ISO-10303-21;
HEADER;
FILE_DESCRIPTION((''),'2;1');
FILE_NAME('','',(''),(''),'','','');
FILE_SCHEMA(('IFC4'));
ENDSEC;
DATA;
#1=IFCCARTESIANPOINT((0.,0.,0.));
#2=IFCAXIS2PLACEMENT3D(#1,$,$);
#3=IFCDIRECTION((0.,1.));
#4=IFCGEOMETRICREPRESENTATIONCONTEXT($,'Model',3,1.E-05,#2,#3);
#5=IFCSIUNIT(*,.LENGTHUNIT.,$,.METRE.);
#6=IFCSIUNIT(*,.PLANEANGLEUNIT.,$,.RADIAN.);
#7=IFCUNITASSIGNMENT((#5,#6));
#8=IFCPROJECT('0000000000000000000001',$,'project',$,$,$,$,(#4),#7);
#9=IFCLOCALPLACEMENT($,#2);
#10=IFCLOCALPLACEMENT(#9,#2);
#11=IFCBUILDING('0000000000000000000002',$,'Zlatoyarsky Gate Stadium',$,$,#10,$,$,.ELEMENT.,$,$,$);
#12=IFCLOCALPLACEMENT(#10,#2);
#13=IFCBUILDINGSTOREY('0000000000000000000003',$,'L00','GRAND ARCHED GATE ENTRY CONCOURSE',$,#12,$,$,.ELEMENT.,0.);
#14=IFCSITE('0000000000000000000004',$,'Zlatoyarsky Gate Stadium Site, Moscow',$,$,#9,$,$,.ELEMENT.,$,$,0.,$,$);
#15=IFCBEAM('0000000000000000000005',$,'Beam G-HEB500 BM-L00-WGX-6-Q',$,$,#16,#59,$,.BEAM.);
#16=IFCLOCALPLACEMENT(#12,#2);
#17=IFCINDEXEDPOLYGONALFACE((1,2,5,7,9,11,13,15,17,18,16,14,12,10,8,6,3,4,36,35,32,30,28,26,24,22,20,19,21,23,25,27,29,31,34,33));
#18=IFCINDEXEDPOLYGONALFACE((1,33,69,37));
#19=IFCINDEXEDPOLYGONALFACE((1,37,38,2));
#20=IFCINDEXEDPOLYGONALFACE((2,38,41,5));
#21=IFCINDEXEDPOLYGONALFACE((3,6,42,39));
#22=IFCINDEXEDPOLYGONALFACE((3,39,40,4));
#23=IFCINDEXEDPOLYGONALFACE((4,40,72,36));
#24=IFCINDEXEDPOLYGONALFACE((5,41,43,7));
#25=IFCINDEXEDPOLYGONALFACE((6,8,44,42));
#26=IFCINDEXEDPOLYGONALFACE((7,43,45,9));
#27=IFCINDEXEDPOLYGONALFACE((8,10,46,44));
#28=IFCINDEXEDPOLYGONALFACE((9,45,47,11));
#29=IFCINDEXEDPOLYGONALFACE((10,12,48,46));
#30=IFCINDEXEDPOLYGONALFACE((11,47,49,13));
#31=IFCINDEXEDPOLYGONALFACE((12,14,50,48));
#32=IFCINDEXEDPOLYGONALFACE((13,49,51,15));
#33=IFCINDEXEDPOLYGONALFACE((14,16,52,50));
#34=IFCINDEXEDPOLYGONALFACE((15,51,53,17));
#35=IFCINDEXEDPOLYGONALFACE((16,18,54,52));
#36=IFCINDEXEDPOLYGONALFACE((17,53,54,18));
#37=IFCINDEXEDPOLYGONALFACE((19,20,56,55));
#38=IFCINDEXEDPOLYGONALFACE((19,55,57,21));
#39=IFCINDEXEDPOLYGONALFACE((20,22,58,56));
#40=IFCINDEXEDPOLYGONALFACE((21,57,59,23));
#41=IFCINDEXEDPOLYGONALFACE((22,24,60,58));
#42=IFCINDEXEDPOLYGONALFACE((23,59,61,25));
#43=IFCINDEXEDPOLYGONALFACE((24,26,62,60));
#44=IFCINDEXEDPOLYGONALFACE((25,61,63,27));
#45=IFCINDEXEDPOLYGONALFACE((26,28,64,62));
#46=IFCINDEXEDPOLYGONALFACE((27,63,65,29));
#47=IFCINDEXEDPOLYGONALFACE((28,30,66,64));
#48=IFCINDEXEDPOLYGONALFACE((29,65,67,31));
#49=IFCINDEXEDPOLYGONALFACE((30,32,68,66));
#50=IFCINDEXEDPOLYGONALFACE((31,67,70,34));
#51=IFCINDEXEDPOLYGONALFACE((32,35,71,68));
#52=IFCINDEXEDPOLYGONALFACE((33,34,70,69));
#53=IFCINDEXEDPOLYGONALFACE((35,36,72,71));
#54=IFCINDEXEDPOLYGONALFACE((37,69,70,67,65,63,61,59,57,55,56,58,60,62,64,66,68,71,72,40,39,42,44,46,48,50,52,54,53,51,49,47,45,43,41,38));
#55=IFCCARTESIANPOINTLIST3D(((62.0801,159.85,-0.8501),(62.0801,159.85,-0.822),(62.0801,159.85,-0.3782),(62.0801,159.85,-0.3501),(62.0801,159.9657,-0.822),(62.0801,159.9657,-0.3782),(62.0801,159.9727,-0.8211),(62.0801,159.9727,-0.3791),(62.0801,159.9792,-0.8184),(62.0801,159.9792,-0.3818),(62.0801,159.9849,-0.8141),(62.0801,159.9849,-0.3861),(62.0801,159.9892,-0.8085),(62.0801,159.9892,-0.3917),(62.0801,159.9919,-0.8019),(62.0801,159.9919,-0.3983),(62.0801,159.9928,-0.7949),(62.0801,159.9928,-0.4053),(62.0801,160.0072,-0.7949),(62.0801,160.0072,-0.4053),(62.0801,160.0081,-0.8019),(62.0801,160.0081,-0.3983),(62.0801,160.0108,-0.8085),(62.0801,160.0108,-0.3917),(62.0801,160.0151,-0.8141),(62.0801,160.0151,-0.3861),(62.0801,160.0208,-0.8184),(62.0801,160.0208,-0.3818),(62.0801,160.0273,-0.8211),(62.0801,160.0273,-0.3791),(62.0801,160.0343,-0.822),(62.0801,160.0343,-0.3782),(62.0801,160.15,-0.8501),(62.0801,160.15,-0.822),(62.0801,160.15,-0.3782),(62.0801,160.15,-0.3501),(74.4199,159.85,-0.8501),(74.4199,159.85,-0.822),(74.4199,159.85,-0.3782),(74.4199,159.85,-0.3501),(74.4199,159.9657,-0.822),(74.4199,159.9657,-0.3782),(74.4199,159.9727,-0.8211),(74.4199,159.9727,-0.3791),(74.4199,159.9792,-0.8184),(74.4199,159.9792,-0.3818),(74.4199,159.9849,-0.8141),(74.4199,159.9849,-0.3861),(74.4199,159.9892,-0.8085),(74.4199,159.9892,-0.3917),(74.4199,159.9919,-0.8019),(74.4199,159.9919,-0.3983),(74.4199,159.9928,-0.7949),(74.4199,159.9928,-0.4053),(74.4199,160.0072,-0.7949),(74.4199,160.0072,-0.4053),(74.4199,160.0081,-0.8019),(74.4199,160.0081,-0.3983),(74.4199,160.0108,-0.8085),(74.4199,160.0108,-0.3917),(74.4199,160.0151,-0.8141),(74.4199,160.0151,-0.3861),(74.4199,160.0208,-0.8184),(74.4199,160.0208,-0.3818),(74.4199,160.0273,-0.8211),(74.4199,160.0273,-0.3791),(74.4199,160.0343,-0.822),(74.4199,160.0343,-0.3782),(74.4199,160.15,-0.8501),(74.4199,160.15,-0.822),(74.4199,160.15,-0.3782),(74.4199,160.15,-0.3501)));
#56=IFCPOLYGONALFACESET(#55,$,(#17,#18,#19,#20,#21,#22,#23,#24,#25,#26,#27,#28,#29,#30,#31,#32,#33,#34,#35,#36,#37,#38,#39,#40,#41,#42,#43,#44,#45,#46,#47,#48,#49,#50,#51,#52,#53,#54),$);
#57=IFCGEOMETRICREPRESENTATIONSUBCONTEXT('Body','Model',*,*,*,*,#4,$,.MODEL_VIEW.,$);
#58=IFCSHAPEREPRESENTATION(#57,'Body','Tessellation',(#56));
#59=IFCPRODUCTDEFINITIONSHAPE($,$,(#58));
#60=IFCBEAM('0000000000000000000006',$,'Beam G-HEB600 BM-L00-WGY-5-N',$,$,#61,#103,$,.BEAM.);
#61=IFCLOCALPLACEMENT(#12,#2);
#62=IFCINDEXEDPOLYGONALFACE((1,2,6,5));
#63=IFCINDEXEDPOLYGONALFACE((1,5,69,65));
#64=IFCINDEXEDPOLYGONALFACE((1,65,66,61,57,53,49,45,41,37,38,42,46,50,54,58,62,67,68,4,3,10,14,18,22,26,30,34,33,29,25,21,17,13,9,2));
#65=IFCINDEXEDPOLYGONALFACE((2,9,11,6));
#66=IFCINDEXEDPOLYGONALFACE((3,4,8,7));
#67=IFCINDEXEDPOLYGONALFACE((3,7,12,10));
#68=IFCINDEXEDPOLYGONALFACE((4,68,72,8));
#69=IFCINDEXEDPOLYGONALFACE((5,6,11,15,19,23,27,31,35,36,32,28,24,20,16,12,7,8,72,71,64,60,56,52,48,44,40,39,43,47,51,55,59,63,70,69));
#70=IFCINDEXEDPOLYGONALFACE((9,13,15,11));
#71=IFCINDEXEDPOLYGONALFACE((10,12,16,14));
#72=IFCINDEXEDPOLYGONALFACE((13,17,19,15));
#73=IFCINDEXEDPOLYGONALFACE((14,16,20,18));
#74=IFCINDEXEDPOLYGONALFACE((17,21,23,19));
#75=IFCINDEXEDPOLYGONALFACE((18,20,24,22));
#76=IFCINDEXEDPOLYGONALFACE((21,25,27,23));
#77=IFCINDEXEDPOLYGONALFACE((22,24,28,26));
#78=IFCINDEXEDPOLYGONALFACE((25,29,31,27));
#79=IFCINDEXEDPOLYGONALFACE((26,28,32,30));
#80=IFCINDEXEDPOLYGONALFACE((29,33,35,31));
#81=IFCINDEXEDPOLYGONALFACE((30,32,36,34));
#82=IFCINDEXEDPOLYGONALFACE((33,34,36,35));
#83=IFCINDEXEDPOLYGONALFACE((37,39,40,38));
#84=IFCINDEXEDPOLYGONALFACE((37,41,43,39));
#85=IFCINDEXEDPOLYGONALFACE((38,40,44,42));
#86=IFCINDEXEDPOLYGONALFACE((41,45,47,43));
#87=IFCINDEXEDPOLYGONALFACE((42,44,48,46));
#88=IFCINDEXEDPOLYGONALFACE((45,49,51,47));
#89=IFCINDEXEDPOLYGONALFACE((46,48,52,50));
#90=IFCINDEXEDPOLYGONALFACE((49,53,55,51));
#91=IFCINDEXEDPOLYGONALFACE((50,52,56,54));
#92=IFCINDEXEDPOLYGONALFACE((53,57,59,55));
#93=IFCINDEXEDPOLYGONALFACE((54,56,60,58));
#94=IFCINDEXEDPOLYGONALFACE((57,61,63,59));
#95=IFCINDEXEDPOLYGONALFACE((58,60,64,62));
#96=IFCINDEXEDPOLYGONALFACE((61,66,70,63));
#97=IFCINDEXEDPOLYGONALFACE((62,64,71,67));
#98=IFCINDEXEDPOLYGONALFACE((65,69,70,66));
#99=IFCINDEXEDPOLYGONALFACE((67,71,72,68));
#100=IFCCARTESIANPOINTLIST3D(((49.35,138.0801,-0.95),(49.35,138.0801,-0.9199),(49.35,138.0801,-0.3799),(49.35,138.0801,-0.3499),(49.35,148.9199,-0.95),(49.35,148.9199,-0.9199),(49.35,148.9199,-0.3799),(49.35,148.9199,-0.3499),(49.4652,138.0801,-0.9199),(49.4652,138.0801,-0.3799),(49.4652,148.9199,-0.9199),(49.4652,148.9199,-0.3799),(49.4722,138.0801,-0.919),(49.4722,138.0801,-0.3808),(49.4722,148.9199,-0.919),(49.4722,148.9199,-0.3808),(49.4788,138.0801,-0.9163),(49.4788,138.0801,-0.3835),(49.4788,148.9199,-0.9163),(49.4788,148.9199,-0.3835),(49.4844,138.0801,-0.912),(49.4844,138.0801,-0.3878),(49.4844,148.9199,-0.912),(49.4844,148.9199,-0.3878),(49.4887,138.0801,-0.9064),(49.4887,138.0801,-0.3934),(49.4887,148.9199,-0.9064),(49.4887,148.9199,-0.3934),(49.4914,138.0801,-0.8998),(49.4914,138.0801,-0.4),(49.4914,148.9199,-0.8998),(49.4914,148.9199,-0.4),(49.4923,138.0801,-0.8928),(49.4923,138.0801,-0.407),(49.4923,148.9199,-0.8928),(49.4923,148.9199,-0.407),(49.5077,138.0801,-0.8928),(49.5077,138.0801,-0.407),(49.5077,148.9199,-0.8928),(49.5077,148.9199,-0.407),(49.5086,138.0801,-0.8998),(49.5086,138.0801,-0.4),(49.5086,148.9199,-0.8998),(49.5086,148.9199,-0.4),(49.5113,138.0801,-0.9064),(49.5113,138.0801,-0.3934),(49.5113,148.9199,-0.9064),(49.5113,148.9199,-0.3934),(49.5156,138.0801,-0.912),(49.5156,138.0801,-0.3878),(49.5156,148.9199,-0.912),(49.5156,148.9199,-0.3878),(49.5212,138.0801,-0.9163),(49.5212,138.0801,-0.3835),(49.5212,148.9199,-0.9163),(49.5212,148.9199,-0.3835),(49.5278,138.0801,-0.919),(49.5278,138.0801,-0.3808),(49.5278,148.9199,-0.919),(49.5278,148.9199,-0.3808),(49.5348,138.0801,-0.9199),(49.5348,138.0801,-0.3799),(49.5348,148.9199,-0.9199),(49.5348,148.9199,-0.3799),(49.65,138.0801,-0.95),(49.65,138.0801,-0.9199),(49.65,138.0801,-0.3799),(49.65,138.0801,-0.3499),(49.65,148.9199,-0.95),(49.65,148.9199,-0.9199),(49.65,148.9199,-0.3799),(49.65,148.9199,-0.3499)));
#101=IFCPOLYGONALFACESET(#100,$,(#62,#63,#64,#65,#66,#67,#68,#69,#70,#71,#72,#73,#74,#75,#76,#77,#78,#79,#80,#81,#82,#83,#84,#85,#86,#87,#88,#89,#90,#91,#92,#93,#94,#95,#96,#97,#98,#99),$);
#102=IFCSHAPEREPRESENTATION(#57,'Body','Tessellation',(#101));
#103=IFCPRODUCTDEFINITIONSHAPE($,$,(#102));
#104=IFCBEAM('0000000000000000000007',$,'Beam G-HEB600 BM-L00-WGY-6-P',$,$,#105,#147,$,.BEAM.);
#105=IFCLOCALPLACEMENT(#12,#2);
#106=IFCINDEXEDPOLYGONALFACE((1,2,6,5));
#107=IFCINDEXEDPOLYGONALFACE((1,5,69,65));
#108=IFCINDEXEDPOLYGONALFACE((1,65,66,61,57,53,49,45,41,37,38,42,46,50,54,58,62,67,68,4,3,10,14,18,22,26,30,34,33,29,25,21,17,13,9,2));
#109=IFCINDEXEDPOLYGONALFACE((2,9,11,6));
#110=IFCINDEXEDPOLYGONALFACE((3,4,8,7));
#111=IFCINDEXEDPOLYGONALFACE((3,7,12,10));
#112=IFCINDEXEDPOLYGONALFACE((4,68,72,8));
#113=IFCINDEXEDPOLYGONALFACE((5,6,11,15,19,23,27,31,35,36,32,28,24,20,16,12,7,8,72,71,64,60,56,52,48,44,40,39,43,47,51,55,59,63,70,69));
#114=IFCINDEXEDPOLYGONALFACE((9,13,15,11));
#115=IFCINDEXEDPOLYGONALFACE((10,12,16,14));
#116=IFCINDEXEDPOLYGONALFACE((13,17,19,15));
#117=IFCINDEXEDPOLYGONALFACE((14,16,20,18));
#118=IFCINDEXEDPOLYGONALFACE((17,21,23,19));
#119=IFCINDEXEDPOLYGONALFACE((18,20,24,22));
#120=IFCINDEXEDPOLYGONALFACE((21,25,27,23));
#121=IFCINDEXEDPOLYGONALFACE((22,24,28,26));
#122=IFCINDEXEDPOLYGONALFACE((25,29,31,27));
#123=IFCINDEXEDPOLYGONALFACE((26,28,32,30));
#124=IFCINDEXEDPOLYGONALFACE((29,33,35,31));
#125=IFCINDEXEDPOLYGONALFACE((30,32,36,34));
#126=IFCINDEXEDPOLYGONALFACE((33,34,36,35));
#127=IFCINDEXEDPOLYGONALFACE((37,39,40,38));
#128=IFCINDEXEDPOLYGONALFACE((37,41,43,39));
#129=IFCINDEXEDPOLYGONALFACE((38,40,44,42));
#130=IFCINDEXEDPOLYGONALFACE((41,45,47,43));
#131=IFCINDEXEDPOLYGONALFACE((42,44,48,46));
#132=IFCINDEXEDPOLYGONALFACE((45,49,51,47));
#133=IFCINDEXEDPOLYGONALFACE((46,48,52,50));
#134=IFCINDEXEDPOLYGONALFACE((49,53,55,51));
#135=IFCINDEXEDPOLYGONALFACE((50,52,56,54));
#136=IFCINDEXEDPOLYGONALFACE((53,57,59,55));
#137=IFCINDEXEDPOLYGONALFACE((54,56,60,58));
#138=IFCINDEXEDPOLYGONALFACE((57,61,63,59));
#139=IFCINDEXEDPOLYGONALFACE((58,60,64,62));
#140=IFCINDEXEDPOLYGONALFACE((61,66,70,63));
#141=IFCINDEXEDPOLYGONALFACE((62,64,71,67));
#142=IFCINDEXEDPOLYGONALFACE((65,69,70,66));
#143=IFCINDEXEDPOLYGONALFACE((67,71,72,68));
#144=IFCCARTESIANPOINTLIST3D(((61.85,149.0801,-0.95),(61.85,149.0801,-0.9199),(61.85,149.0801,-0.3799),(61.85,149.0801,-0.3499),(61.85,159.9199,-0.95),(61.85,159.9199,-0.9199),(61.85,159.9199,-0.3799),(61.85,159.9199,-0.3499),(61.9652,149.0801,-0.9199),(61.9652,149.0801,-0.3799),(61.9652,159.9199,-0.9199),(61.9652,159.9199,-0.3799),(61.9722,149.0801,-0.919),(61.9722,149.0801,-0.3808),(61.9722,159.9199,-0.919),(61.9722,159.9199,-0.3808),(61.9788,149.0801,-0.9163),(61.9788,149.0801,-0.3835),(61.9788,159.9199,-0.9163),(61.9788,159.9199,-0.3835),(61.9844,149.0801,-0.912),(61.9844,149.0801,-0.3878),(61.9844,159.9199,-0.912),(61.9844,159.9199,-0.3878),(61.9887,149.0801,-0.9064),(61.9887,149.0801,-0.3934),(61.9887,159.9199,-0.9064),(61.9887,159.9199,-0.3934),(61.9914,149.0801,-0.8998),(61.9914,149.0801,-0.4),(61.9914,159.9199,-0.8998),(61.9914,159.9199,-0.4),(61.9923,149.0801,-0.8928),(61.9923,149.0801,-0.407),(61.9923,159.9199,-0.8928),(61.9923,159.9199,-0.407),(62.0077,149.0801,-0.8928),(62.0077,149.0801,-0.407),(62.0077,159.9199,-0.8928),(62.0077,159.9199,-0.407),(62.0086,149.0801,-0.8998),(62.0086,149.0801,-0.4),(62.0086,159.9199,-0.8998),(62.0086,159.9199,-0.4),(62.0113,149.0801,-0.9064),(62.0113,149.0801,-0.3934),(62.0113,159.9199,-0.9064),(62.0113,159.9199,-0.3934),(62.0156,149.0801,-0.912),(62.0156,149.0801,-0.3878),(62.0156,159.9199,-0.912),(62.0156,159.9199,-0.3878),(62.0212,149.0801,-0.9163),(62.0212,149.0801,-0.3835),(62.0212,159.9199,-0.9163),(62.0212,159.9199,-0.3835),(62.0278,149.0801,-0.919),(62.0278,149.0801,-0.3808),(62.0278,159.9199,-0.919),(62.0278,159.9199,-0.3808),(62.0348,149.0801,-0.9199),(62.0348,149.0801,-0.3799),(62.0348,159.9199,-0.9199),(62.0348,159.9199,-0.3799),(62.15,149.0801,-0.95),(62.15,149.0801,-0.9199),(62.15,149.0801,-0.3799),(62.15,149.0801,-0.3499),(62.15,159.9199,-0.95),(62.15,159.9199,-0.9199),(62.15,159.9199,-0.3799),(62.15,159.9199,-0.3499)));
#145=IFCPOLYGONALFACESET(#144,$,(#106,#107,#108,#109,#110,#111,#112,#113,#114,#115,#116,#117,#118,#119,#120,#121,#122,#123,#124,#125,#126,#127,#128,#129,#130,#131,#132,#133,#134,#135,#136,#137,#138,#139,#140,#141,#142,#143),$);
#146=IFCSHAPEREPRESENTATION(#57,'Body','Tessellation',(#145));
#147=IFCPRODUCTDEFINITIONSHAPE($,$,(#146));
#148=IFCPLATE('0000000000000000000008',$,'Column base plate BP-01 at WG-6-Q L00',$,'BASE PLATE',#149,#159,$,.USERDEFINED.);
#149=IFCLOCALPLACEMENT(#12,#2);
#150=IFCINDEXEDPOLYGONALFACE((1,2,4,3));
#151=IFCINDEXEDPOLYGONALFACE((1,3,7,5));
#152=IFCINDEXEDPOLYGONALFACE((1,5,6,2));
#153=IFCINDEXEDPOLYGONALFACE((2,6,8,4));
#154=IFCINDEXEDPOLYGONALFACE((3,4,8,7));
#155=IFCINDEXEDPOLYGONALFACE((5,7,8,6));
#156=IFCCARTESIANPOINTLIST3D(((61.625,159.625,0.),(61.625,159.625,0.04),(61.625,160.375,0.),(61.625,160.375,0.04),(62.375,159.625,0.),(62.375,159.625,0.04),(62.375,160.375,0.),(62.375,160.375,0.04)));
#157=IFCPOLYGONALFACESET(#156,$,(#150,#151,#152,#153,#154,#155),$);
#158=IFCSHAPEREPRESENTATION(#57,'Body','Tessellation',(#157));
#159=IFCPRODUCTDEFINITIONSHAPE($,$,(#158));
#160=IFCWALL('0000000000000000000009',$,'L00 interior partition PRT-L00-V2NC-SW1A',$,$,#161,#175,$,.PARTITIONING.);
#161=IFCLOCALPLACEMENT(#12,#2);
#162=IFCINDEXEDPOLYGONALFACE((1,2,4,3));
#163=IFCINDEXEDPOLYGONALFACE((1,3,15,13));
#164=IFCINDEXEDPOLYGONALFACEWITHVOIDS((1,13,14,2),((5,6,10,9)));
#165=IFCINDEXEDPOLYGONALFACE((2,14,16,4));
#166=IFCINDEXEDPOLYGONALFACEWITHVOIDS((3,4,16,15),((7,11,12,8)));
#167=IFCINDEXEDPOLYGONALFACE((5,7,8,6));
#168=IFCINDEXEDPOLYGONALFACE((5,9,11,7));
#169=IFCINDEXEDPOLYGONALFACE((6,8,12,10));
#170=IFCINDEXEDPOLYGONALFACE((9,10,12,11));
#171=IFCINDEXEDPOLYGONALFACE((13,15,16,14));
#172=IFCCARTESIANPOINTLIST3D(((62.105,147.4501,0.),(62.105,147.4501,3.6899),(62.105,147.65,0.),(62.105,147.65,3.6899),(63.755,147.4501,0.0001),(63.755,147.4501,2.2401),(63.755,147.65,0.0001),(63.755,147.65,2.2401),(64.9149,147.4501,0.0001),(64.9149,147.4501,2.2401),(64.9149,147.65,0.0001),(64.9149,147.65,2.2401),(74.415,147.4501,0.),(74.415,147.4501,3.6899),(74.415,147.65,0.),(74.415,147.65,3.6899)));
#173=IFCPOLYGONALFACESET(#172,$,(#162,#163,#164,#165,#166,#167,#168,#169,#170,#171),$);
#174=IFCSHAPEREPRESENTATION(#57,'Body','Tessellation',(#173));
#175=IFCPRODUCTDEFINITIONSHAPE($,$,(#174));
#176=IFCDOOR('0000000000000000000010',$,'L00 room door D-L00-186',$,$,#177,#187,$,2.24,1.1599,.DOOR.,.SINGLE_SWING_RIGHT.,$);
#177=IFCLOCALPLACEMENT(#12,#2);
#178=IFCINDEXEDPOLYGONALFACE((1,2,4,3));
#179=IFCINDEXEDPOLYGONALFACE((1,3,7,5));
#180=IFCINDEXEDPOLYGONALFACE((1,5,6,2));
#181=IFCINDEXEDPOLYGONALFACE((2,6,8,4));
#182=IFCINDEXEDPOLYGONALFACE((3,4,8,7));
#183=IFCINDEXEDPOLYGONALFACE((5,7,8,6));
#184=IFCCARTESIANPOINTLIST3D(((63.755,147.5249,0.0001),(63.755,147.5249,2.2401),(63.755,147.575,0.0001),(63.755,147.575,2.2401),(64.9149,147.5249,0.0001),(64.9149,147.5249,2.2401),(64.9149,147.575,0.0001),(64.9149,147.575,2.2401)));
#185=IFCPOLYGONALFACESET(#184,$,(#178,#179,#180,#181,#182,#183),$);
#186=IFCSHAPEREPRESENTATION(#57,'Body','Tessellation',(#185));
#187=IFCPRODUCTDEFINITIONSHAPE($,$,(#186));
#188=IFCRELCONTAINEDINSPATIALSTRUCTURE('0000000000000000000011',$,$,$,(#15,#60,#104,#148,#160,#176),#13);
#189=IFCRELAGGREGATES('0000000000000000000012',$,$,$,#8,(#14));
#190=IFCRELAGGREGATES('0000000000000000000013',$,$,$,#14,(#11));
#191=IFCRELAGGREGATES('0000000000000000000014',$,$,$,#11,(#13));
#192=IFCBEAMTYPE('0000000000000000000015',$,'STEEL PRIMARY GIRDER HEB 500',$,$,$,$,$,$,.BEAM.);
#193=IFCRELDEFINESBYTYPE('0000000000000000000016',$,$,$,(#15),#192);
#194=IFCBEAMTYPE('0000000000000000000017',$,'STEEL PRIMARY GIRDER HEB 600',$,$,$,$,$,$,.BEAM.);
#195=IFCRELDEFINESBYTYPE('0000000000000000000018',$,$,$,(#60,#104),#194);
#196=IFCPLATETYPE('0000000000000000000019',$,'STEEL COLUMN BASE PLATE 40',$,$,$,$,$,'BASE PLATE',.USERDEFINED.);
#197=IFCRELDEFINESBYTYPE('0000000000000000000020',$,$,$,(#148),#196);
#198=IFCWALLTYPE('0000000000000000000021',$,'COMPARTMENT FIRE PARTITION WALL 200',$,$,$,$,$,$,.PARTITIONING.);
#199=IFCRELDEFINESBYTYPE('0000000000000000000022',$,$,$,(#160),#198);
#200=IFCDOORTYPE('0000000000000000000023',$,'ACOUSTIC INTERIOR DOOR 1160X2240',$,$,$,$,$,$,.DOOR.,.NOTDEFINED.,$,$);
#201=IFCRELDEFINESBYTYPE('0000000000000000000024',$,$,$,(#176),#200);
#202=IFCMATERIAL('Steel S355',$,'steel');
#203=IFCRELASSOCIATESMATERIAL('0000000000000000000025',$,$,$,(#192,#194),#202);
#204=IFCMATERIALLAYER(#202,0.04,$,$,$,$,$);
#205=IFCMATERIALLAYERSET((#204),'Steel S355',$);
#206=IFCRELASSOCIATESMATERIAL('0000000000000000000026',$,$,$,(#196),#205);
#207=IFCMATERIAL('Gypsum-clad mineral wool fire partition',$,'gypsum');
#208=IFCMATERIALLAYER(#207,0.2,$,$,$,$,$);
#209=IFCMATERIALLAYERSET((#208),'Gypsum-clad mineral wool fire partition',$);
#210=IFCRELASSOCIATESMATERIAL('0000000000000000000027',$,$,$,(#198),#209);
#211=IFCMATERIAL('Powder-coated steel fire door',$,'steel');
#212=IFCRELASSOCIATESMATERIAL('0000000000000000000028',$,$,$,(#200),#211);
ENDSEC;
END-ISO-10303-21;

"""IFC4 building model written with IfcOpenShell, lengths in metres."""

from ifc_helpers import new_model, si_unit, direction, frame, frame_2d, origin, origin_2d, place, context, subcontext, project, spatial, rectangle, i_section, extrude, material, layer, layer_set, material_profile, profile_set, type_object, element, fill, save


model = new_model("IFC4")

# Units and contexts
model_context = context("Model", 3, precision=1e-05, world=origin(), true_north=direction((0.0, 1.0)))
body_context = subcontext(model_context, "Body", "Model", "MODEL_VIEW")
ifc_project = project(units=[si_unit("LENGTHUNIT", "METRE"), si_unit("PLANEANGLEUNIT", "RADIAN")], contexts=[model_context])

# Site, building, storey
site_placement = place(None, origin())
site = spatial("IfcSite", under=ifc_project, at=site_placement, Name="Zlatoyarsky Gate Stadium Site, Moscow", CompositionType="ELEMENT", RefElevation=0.0)
building_placement = place(site_placement, origin())
building = spatial("IfcBuilding", under=site, at=building_placement, Name="Zlatoyarsky Gate Stadium", CompositionType="ELEMENT")
storey_placement = place(building_placement, origin())
storey = spatial("IfcBuildingStorey", under=building, at=storey_placement, Name="L00", Description="GRAND ARCHED GATE ENTRY CONCOURSE", CompositionType="ELEMENT", Elevation=0.0)

# Shared definitions
ifc_material_1 = material(Name="Steel S355", Category="steel")

# Beams
ifc_material_profile_1 = material_profile(ifc_material_1, i_section(OverallWidth=0.3, OverallDepth=0.5, WebThickness=0.0144, FlangeThickness=0.0281, FilletRadius=0.0271, at=origin_2d()), Name="HEB 500")
ifc_profile_set_1 = profile_set([ifc_material_profile_1], Name="Steel S355")
beam_type_1 = type_object("IfcBeamType", Name="STEEL PRIMARY GIRDER HEB 500", PredefinedType="BEAM", material=ifc_profile_set_1)
for number, where, z_axis, x_axis, name in (
    (1, (62.0801, 160.0, -0.6001), (1.0, 0.0, 0.0), (0.0, 1.0, 0.0), "Beam G-HEB500 BM-L00-WGX-6-Q"),
):
    element("IfcBeam", number, at=place(storey_placement, frame(where, z_axis=z_axis, x_axis=x_axis)), inside=storey, type_object=beam_type_1, Name=name, PredefinedType="BEAM", context=body_context, shape_type="SweptSolid", body=[
        extrude(i_section(OverallWidth=0.3, OverallDepth=0.5, WebThickness=0.0144, FlangeThickness=0.0281, FilletRadius=0.0271, at=origin_2d()), origin(), (0.0, 0.0, 1.0), 12.3398),
    ])
ifc_material_profile_2 = material_profile(ifc_material_1, i_section(OverallWidth=0.3, OverallDepth=0.6001, WebThickness=0.0154, FlangeThickness=0.03, FilletRadius=0.0271, at=origin_2d()), Name="HEB 600")
ifc_profile_set_2 = profile_set([ifc_material_profile_2], Name="Steel S355")
beam_type_2 = type_object("IfcBeamType", Name="STEEL PRIMARY GIRDER HEB 600", PredefinedType="BEAM", material=ifc_profile_set_2)
for number, where, z_axis, x_axis, name in (
    (2, (49.5, 138.0801, -0.6499), (0.0, 1.0, 0.0), (-1.0, 0.0, 0.0), "Beam G-HEB600 BM-L00-WGY-5-N"),
    (3, (62.0, 149.0801, -0.6499), (0.0, 1.0, 0.0), (-1.0, 0.0, 0.0), "Beam G-HEB600 BM-L00-WGY-6-P"),
):
    element("IfcBeam", number, at=place(storey_placement, frame(where, z_axis=z_axis, x_axis=x_axis)), inside=storey, type_object=beam_type_2, Name=name, PredefinedType="BEAM", context=body_context, shape_type="SweptSolid", body=[
        extrude(i_section(OverallWidth=0.3, OverallDepth=0.6001, WebThickness=0.0154, FlangeThickness=0.03, FilletRadius=0.0271, at=origin_2d()), origin(), (0.0, 0.0, 1.0), 10.8398),
    ])

# Plate
ifc_layer_1 = layer(ifc_material_1, 0.04)
ifc_layer_set_1 = layer_set([ifc_layer_1], Name="Steel S355")
plate_type = type_object("IfcPlateType", Name="STEEL COLUMN BASE PLATE 40", ElementType="BASE PLATE", PredefinedType="USERDEFINED", material=ifc_layer_set_1)
plate_placement = place(storey_placement, frame((62.0, 160.0, 0.0), z_axis=(0.0, 0.0, 1.0), x_axis=(1.0, 0.0, 0.0)))
element("IfcPlate", 4, at=plate_placement, inside=storey, type_object=plate_type, Name="Column base plate BP-01 at WG-6-Q L00", ObjectType="BASE PLATE", PredefinedType="USERDEFINED", context=body_context, shape_type="SweptSolid", body=[
    extrude(rectangle(XDim=0.75, YDim=0.75, at=origin_2d()), origin(), (0.0, 0.0, 1.0), 0.04),
])

# Wall, opening, door
ifc_material_2 = material(Name="Gypsum-clad mineral wool fire partition", Category="gypsum")
ifc_layer_2 = layer(ifc_material_2, 0.2)
ifc_layer_set_2 = layer_set([ifc_layer_2], Name="Gypsum-clad mineral wool fire partition")
wall_type_1 = type_object("IfcWallType", Name="COMPARTMENT FIRE PARTITION WALL 200", PredefinedType="PARTITIONING", material=ifc_layer_set_2)
wall_1_placement = place(storey_placement, frame((62.105, 147.55, 0.0), z_axis=(0.0, 0.0, 1.0), x_axis=(1.0, 0.0, 0.0)))
wall_1 = element("IfcWall", 5, at=wall_1_placement, inside=storey, type_object=wall_type_1, Name="L00 interior partition PRT-L00-V2NC-SW1A", PredefinedType="PARTITIONING", context=body_context, shape_type="SweptSolid", body=[
    extrude(rectangle(XDim=12.3101, YDim=0.2, at=frame_2d((6.155, 0.0))), origin(), (0.0, 0.0, 1.0), 3.6899),
])
opening_1_placement = place(wall_1_placement, frame((1.6499, 0.0, 0.0)))
opening_1 = element("IfcOpeningElement", 6, at=opening_1_placement, cuts=wall_1, PredefinedType="OPENING", context=body_context, shape_type="SweptSolid", body=[
    extrude(rectangle(XDim=1.1599, YDim=2.24, at=frame_2d((0.5801, 1.1201))), frame((0.0, 0.1099, 0.0), z_axis=(0.0, -1.0, 0.0), x_axis=(1.0, 0.0, 0.0)), (0.0, 0.0, 1.0), 0.22),
])
ifc_material_3 = material(Name="Powder-coated steel fire door", Category="steel")
door_type_1 = type_object("IfcDoorType", Name="ACOUSTIC INTERIOR DOOR 1160X2240", OperationType="NOTDEFINED", PredefinedType="DOOR", material=ifc_material_3)
door_1_placement = place(opening_1_placement, origin())
door_1 = element("IfcDoor", 7, at=door_1_placement, inside=storey, type_object=door_type_1, Name="L00 room door D-L00-186", OperationType="SINGLE_SWING_RIGHT", OverallHeight=2.24, OverallWidth=1.1599, PredefinedType="DOOR", context=body_context, shape_type="SweptSolid", body=[
    extrude(rectangle(XDim=1.1599, YDim=2.24, at=frame_2d((0.5801, 1.1201))), frame((0.0, 0.0249, 0.0), z_axis=(0.0, -1.0, 0.0), x_axis=(1.0, 0.0, 0.0)), (0.0, 0.0, 1.0), 0.05),
])
fill(opening_1, door_1)

save(model, "model.ifc")
